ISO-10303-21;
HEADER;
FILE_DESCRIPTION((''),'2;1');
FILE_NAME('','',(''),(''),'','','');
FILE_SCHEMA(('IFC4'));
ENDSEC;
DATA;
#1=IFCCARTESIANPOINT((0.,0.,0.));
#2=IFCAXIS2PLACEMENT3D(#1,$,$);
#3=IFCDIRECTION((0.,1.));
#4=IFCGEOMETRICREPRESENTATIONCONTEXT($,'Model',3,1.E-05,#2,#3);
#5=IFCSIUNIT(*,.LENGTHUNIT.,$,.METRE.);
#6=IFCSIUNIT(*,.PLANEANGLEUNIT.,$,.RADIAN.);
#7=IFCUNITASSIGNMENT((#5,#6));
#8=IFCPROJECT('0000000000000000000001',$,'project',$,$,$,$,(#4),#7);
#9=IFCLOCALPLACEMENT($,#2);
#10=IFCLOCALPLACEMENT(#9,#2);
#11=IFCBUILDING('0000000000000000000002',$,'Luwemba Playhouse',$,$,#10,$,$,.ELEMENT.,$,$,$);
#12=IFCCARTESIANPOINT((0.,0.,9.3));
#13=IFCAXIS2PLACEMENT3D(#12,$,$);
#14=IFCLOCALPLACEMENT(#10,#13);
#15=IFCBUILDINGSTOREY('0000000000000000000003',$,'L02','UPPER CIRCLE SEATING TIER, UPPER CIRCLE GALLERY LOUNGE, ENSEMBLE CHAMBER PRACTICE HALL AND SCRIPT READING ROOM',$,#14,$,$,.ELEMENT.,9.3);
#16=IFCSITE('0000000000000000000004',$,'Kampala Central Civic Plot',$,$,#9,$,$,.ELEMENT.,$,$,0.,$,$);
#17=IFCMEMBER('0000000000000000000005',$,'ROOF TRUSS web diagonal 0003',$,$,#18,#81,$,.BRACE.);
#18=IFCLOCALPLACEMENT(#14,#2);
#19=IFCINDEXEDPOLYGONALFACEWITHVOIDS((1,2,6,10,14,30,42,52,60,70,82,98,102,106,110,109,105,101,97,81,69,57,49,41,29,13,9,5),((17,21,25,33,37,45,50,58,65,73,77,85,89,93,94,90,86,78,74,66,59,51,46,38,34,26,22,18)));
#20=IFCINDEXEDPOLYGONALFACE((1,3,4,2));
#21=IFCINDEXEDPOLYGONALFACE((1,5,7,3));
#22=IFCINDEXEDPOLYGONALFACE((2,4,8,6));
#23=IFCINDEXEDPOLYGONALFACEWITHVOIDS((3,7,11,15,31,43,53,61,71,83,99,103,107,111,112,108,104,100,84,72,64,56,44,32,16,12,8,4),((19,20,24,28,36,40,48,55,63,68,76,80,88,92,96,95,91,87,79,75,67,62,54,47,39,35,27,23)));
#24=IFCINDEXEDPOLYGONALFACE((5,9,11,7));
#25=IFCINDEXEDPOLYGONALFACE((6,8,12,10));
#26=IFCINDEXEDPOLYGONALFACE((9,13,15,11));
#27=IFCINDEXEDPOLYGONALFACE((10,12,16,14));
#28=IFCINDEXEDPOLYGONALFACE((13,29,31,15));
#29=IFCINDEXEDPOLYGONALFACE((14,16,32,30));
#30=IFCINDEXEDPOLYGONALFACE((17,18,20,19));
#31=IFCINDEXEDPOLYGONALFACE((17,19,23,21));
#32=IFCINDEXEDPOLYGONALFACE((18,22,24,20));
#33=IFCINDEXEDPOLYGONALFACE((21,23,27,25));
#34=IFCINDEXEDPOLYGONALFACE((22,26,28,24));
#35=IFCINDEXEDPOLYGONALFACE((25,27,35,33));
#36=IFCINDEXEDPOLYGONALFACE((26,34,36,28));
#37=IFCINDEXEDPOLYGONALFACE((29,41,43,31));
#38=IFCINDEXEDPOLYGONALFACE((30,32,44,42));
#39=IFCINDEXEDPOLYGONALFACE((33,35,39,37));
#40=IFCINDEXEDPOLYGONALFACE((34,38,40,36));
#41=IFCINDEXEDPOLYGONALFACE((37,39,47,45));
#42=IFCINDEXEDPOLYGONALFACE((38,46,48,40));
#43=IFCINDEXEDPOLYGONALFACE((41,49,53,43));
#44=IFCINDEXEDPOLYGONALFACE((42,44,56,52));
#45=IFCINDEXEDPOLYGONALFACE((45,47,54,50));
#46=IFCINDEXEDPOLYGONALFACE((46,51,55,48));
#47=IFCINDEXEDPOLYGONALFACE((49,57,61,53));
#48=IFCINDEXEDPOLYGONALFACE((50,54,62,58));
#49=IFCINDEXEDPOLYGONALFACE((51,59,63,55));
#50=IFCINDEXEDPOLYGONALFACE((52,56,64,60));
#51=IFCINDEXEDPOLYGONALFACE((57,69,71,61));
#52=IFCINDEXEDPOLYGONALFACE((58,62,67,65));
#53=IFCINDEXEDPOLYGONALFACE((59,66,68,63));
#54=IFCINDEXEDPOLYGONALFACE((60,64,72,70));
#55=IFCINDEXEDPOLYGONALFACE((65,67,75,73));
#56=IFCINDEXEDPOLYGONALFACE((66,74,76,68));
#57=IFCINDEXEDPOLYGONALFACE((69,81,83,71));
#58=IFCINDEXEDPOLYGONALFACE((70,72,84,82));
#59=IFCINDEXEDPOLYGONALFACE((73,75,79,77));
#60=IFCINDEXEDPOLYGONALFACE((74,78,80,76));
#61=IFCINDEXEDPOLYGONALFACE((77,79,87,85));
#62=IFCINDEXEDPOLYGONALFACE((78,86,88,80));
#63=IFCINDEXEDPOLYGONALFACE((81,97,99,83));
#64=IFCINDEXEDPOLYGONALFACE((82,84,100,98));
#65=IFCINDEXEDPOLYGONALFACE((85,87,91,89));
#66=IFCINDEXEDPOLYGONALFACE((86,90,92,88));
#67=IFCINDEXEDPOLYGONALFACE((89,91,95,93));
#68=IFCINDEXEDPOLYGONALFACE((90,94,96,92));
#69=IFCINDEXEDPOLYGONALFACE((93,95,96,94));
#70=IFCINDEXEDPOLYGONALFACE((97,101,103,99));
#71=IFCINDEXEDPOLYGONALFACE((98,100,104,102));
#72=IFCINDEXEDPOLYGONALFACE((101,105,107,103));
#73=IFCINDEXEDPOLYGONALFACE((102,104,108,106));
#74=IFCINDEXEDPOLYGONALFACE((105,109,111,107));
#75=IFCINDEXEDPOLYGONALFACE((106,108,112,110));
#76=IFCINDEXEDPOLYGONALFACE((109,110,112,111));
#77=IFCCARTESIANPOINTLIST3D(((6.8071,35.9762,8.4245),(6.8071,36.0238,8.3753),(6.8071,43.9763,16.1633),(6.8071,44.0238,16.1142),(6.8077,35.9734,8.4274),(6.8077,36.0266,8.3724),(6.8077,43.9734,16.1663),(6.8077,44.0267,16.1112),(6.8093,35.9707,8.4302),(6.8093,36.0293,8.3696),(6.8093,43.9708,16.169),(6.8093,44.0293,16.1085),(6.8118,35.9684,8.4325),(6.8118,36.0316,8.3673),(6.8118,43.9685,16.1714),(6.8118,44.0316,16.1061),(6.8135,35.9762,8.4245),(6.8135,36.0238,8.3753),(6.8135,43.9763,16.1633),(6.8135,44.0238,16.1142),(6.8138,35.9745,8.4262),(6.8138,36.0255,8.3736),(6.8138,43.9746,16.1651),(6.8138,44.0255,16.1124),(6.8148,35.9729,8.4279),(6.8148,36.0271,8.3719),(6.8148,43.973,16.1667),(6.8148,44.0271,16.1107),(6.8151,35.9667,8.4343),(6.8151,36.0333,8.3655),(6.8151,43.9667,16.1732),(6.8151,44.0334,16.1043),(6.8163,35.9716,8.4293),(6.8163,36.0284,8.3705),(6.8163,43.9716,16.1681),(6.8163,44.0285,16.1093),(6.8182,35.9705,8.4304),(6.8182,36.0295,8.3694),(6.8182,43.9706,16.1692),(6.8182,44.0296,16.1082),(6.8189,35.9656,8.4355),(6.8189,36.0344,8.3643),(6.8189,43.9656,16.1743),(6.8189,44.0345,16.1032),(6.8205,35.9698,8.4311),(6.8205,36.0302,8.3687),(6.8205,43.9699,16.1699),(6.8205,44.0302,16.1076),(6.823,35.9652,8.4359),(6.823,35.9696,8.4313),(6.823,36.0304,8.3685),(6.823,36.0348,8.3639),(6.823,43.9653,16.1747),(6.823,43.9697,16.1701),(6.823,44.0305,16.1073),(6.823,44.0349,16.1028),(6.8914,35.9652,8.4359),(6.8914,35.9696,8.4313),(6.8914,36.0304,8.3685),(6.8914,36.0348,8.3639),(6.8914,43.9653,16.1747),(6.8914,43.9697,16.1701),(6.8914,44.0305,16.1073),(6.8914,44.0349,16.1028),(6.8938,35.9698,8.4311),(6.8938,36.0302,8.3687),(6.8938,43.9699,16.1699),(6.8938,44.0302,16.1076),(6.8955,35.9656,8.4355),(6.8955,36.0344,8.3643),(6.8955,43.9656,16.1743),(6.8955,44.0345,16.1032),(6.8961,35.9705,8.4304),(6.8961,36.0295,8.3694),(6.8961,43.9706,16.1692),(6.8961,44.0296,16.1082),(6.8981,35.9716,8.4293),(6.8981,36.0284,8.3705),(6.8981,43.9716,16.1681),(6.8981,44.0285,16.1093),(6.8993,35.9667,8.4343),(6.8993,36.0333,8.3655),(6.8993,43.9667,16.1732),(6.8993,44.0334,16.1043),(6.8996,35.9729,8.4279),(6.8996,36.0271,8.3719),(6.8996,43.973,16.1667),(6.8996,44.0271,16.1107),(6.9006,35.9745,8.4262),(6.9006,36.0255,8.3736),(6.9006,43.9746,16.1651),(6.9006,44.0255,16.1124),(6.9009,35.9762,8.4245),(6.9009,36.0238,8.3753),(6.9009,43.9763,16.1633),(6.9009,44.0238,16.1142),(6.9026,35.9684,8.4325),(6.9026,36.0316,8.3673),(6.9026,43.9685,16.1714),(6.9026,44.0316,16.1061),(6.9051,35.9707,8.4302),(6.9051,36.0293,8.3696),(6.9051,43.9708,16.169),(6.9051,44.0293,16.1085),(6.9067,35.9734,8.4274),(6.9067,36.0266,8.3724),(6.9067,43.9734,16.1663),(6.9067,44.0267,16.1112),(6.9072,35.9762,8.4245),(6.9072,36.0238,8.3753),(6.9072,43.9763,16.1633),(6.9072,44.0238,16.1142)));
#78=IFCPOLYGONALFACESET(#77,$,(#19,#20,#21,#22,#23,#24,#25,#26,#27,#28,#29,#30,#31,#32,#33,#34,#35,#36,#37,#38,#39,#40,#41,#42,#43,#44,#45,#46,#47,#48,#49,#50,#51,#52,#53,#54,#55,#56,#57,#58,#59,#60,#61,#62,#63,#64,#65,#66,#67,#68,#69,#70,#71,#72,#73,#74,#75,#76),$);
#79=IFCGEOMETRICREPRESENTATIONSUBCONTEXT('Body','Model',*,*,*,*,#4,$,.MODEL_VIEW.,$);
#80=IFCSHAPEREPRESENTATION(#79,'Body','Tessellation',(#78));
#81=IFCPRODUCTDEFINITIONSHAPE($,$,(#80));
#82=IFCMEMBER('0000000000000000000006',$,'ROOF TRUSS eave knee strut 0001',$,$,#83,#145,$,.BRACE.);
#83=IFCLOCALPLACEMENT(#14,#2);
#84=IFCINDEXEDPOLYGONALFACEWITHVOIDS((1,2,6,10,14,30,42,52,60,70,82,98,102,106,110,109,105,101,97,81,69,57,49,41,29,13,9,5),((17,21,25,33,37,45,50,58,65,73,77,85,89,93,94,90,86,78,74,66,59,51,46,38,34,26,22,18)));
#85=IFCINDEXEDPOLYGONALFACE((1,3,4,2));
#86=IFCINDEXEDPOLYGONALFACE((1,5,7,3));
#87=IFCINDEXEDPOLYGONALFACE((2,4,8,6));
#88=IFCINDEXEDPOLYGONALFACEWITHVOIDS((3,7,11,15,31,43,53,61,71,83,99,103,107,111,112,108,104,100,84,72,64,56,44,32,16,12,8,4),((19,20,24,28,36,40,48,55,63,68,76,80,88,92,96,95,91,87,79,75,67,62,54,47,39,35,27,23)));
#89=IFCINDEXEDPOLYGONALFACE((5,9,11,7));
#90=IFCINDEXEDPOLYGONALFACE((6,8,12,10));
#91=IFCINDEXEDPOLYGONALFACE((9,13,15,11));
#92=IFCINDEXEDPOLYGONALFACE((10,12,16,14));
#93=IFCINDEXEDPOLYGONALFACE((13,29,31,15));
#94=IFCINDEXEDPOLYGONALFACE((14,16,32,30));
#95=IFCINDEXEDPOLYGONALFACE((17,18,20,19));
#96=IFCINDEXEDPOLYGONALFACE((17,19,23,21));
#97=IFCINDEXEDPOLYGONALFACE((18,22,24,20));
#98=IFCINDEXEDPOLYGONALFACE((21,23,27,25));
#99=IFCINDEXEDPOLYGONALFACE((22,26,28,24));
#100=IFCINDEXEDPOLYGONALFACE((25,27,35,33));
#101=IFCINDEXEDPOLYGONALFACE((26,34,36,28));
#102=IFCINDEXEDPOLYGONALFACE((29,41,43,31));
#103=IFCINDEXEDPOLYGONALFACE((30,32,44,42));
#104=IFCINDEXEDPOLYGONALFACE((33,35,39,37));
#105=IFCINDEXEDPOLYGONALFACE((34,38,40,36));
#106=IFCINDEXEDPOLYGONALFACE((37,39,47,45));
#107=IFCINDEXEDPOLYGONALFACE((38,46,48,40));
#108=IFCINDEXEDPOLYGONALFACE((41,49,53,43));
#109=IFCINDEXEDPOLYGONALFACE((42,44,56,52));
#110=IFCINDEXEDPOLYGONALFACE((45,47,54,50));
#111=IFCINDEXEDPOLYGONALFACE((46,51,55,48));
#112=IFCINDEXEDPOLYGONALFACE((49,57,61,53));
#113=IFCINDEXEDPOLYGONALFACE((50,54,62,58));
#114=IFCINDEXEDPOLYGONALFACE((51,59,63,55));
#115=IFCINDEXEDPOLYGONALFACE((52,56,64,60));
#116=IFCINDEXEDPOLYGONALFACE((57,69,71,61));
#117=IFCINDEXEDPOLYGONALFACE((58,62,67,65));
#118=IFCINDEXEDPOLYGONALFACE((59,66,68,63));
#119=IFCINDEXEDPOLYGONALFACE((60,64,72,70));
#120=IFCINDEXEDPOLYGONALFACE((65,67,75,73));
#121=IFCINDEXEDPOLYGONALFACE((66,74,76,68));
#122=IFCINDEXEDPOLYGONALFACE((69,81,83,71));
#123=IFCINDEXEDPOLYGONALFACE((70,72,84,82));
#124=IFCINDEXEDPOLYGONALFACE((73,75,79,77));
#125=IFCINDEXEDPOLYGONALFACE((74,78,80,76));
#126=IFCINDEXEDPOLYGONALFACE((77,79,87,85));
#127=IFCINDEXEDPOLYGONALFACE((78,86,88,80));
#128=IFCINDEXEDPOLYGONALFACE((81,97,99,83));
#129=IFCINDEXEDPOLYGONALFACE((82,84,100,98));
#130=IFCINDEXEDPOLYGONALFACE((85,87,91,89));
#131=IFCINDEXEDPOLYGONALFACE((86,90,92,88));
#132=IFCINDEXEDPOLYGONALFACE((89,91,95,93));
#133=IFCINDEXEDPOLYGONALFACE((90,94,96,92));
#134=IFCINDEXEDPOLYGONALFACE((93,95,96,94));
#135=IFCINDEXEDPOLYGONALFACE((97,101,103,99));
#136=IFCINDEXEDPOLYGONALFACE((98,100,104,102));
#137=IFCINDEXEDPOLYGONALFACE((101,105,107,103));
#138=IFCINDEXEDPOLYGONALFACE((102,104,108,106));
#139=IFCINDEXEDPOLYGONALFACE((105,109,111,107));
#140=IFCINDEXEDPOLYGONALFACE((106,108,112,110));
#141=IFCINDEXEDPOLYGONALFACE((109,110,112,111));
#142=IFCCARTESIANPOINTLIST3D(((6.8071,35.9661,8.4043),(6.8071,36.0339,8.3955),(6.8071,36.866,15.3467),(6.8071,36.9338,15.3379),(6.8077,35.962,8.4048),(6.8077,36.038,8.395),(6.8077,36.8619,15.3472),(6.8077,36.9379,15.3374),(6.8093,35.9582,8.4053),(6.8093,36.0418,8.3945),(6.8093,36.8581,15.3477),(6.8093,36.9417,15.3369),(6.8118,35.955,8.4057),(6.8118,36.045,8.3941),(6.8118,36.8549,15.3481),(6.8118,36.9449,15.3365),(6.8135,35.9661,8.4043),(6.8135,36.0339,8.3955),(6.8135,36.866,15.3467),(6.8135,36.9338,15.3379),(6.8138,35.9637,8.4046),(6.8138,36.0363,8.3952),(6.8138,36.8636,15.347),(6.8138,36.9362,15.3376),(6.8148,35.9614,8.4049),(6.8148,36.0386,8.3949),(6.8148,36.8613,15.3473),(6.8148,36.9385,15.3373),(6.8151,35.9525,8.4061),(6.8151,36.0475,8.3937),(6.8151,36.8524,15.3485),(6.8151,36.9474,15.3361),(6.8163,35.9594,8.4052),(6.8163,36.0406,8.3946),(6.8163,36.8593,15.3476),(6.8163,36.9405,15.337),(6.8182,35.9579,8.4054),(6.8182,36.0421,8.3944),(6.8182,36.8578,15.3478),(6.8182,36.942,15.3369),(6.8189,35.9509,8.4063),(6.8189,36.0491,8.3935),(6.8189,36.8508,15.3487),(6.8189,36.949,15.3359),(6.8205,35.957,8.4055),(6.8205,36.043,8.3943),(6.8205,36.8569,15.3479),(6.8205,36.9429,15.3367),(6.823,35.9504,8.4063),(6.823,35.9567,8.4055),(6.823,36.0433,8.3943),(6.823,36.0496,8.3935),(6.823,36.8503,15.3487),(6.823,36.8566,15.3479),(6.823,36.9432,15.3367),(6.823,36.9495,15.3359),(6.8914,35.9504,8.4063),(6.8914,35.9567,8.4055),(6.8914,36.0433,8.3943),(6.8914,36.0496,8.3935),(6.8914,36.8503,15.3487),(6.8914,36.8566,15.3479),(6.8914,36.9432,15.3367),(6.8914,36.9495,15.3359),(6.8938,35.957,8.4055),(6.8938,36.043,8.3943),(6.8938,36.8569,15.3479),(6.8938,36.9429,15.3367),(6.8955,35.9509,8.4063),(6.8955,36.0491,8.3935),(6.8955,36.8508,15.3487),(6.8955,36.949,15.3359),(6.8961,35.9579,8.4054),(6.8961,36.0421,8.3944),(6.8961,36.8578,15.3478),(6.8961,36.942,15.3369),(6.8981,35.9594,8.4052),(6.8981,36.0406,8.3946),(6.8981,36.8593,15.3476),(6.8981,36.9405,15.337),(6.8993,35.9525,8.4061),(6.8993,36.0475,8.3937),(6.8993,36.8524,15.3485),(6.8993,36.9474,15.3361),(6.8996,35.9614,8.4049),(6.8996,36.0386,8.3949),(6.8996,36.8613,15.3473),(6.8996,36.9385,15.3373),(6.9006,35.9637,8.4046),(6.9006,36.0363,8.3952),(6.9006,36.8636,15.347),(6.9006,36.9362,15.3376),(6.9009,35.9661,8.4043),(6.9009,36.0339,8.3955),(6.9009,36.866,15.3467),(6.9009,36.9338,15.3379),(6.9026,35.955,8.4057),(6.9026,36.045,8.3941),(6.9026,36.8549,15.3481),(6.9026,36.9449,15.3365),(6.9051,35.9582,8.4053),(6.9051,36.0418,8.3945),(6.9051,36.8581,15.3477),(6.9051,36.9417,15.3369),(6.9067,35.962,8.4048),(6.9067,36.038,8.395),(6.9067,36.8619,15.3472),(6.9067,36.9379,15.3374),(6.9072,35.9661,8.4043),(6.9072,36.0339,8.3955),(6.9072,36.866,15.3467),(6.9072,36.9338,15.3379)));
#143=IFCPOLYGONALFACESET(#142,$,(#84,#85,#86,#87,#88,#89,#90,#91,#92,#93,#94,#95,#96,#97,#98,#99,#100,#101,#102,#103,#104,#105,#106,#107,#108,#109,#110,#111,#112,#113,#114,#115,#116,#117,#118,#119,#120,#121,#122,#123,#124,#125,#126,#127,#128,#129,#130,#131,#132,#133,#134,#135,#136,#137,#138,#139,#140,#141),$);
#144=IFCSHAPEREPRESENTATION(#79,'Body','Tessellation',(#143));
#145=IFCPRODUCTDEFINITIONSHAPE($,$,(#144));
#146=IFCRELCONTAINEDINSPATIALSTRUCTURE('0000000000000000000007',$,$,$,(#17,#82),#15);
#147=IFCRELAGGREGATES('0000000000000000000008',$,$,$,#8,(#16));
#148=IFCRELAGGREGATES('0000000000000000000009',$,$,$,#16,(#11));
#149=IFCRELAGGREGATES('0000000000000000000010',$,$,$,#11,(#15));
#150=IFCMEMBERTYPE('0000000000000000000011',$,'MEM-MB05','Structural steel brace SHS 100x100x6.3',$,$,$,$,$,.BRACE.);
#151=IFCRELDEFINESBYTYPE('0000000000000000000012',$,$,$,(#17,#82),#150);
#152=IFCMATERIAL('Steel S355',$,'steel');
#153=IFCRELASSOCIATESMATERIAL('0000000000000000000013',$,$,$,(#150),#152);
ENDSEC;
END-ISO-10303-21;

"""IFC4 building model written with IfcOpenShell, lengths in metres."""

from ifc_helpers import new_model, si_unit, direction, frame, origin, origin_2d, place, context, subcontext, project, spatial, hollow_rectangle, extrude, material, material_profile, profile_set, type_object, element, save


model = new_model("IFC4")

# Units and contexts
model_context = context("Model", 3, precision=1e-05, world=origin(), true_north=direction((0.0, 1.0)))
body_context = subcontext(model_context, "Body", "Model", "MODEL_VIEW")
ifc_project = project(units=[si_unit("LENGTHUNIT", "METRE"), si_unit("PLANEANGLEUNIT", "RADIAN")], contexts=[model_context])

# Site, building, storey
site_placement = place(None, origin())
site = spatial("IfcSite", under=ifc_project, at=site_placement, Name="Kampala Central Civic Plot", CompositionType="ELEMENT", RefElevation=0.0)
building_placement = place(site_placement, origin())
building = spatial("IfcBuilding", under=site, at=building_placement, Name="Luwemba Playhouse", CompositionType="ELEMENT")
storey_placement = place(building_placement, frame((0.0, 0.0, 9.3)))
storey = spatial("IfcBuildingStorey", under=building, at=storey_placement, Name="L02", Description="UPPER CIRCLE SEATING TIER, UPPER CIRCLE GALLERY LOUNGE, ENSEMBLE CHAMBER PRACTICE HALL AND SCRIPT READING ROOM", CompositionType="ELEMENT", Elevation=9.3)

# Shared definitions
ifc_material_1 = material(Name="Steel S355", Category="steel")

# Members
ifc_material_profile_1 = material_profile(ifc_material_1, hollow_rectangle(XDim=0.1001, YDim=0.1001, WallThickness=0.0063, InnerFilletRadius=0.0095, OuterFilletRadius=0.0159, at=origin_2d()))
ifc_profile_set_1 = profile_set([ifc_material_profile_1], Name="Steel S355")
member_type_1 = type_object("IfcMemberType", Name="MEM-MB05", Description="Structural steel brace SHS 100x100x6.3", PredefinedType="BRACE", material=ifc_profile_set_1)
member_1_placement = place(storey_placement, frame((6.8572, 36.0, 8.3999), z_axis=(0.0, 0.718744, 0.695275), x_axis=(-1.0, 0.0, 0.0)))
element("IfcMember", 1, at=member_1_placement, inside=storey, type_object=member_type_1, Name="ROOF TRUSS web diagonal 0003", PredefinedType="BRACE", context=body_context, shape_type="SweptSolid", body=[
    extrude(hollow_rectangle(XDim=0.1001, YDim=0.1001, WallThickness=0.0063, InnerFilletRadius=0.0095, OuterFilletRadius=0.0159, at=origin_2d()), origin(), (0.0, 0.0, 1.0), 11.1306),
])
member_2_placement = place(storey_placement, frame((6.8572, 36.0, 8.3999), z_axis=(0.0, 0.128549, 0.991703), x_axis=(-1.0, 0.0, 0.0)))
element("IfcMember", 2, at=member_2_placement, inside=storey, type_object=member_type_1, Name="ROOF TRUSS eave knee strut 0001", PredefinedType="BRACE", context=body_context, shape_type="SweptSolid", body=[
    extrude(hollow_rectangle(XDim=0.1001, YDim=0.1001, WallThickness=0.0063, InnerFilletRadius=0.0095, OuterFilletRadius=0.0159, at=origin_2d()), origin(), (0.0, 0.0, 1.0), 7.0005),
])

save(model, "model.ifc")
